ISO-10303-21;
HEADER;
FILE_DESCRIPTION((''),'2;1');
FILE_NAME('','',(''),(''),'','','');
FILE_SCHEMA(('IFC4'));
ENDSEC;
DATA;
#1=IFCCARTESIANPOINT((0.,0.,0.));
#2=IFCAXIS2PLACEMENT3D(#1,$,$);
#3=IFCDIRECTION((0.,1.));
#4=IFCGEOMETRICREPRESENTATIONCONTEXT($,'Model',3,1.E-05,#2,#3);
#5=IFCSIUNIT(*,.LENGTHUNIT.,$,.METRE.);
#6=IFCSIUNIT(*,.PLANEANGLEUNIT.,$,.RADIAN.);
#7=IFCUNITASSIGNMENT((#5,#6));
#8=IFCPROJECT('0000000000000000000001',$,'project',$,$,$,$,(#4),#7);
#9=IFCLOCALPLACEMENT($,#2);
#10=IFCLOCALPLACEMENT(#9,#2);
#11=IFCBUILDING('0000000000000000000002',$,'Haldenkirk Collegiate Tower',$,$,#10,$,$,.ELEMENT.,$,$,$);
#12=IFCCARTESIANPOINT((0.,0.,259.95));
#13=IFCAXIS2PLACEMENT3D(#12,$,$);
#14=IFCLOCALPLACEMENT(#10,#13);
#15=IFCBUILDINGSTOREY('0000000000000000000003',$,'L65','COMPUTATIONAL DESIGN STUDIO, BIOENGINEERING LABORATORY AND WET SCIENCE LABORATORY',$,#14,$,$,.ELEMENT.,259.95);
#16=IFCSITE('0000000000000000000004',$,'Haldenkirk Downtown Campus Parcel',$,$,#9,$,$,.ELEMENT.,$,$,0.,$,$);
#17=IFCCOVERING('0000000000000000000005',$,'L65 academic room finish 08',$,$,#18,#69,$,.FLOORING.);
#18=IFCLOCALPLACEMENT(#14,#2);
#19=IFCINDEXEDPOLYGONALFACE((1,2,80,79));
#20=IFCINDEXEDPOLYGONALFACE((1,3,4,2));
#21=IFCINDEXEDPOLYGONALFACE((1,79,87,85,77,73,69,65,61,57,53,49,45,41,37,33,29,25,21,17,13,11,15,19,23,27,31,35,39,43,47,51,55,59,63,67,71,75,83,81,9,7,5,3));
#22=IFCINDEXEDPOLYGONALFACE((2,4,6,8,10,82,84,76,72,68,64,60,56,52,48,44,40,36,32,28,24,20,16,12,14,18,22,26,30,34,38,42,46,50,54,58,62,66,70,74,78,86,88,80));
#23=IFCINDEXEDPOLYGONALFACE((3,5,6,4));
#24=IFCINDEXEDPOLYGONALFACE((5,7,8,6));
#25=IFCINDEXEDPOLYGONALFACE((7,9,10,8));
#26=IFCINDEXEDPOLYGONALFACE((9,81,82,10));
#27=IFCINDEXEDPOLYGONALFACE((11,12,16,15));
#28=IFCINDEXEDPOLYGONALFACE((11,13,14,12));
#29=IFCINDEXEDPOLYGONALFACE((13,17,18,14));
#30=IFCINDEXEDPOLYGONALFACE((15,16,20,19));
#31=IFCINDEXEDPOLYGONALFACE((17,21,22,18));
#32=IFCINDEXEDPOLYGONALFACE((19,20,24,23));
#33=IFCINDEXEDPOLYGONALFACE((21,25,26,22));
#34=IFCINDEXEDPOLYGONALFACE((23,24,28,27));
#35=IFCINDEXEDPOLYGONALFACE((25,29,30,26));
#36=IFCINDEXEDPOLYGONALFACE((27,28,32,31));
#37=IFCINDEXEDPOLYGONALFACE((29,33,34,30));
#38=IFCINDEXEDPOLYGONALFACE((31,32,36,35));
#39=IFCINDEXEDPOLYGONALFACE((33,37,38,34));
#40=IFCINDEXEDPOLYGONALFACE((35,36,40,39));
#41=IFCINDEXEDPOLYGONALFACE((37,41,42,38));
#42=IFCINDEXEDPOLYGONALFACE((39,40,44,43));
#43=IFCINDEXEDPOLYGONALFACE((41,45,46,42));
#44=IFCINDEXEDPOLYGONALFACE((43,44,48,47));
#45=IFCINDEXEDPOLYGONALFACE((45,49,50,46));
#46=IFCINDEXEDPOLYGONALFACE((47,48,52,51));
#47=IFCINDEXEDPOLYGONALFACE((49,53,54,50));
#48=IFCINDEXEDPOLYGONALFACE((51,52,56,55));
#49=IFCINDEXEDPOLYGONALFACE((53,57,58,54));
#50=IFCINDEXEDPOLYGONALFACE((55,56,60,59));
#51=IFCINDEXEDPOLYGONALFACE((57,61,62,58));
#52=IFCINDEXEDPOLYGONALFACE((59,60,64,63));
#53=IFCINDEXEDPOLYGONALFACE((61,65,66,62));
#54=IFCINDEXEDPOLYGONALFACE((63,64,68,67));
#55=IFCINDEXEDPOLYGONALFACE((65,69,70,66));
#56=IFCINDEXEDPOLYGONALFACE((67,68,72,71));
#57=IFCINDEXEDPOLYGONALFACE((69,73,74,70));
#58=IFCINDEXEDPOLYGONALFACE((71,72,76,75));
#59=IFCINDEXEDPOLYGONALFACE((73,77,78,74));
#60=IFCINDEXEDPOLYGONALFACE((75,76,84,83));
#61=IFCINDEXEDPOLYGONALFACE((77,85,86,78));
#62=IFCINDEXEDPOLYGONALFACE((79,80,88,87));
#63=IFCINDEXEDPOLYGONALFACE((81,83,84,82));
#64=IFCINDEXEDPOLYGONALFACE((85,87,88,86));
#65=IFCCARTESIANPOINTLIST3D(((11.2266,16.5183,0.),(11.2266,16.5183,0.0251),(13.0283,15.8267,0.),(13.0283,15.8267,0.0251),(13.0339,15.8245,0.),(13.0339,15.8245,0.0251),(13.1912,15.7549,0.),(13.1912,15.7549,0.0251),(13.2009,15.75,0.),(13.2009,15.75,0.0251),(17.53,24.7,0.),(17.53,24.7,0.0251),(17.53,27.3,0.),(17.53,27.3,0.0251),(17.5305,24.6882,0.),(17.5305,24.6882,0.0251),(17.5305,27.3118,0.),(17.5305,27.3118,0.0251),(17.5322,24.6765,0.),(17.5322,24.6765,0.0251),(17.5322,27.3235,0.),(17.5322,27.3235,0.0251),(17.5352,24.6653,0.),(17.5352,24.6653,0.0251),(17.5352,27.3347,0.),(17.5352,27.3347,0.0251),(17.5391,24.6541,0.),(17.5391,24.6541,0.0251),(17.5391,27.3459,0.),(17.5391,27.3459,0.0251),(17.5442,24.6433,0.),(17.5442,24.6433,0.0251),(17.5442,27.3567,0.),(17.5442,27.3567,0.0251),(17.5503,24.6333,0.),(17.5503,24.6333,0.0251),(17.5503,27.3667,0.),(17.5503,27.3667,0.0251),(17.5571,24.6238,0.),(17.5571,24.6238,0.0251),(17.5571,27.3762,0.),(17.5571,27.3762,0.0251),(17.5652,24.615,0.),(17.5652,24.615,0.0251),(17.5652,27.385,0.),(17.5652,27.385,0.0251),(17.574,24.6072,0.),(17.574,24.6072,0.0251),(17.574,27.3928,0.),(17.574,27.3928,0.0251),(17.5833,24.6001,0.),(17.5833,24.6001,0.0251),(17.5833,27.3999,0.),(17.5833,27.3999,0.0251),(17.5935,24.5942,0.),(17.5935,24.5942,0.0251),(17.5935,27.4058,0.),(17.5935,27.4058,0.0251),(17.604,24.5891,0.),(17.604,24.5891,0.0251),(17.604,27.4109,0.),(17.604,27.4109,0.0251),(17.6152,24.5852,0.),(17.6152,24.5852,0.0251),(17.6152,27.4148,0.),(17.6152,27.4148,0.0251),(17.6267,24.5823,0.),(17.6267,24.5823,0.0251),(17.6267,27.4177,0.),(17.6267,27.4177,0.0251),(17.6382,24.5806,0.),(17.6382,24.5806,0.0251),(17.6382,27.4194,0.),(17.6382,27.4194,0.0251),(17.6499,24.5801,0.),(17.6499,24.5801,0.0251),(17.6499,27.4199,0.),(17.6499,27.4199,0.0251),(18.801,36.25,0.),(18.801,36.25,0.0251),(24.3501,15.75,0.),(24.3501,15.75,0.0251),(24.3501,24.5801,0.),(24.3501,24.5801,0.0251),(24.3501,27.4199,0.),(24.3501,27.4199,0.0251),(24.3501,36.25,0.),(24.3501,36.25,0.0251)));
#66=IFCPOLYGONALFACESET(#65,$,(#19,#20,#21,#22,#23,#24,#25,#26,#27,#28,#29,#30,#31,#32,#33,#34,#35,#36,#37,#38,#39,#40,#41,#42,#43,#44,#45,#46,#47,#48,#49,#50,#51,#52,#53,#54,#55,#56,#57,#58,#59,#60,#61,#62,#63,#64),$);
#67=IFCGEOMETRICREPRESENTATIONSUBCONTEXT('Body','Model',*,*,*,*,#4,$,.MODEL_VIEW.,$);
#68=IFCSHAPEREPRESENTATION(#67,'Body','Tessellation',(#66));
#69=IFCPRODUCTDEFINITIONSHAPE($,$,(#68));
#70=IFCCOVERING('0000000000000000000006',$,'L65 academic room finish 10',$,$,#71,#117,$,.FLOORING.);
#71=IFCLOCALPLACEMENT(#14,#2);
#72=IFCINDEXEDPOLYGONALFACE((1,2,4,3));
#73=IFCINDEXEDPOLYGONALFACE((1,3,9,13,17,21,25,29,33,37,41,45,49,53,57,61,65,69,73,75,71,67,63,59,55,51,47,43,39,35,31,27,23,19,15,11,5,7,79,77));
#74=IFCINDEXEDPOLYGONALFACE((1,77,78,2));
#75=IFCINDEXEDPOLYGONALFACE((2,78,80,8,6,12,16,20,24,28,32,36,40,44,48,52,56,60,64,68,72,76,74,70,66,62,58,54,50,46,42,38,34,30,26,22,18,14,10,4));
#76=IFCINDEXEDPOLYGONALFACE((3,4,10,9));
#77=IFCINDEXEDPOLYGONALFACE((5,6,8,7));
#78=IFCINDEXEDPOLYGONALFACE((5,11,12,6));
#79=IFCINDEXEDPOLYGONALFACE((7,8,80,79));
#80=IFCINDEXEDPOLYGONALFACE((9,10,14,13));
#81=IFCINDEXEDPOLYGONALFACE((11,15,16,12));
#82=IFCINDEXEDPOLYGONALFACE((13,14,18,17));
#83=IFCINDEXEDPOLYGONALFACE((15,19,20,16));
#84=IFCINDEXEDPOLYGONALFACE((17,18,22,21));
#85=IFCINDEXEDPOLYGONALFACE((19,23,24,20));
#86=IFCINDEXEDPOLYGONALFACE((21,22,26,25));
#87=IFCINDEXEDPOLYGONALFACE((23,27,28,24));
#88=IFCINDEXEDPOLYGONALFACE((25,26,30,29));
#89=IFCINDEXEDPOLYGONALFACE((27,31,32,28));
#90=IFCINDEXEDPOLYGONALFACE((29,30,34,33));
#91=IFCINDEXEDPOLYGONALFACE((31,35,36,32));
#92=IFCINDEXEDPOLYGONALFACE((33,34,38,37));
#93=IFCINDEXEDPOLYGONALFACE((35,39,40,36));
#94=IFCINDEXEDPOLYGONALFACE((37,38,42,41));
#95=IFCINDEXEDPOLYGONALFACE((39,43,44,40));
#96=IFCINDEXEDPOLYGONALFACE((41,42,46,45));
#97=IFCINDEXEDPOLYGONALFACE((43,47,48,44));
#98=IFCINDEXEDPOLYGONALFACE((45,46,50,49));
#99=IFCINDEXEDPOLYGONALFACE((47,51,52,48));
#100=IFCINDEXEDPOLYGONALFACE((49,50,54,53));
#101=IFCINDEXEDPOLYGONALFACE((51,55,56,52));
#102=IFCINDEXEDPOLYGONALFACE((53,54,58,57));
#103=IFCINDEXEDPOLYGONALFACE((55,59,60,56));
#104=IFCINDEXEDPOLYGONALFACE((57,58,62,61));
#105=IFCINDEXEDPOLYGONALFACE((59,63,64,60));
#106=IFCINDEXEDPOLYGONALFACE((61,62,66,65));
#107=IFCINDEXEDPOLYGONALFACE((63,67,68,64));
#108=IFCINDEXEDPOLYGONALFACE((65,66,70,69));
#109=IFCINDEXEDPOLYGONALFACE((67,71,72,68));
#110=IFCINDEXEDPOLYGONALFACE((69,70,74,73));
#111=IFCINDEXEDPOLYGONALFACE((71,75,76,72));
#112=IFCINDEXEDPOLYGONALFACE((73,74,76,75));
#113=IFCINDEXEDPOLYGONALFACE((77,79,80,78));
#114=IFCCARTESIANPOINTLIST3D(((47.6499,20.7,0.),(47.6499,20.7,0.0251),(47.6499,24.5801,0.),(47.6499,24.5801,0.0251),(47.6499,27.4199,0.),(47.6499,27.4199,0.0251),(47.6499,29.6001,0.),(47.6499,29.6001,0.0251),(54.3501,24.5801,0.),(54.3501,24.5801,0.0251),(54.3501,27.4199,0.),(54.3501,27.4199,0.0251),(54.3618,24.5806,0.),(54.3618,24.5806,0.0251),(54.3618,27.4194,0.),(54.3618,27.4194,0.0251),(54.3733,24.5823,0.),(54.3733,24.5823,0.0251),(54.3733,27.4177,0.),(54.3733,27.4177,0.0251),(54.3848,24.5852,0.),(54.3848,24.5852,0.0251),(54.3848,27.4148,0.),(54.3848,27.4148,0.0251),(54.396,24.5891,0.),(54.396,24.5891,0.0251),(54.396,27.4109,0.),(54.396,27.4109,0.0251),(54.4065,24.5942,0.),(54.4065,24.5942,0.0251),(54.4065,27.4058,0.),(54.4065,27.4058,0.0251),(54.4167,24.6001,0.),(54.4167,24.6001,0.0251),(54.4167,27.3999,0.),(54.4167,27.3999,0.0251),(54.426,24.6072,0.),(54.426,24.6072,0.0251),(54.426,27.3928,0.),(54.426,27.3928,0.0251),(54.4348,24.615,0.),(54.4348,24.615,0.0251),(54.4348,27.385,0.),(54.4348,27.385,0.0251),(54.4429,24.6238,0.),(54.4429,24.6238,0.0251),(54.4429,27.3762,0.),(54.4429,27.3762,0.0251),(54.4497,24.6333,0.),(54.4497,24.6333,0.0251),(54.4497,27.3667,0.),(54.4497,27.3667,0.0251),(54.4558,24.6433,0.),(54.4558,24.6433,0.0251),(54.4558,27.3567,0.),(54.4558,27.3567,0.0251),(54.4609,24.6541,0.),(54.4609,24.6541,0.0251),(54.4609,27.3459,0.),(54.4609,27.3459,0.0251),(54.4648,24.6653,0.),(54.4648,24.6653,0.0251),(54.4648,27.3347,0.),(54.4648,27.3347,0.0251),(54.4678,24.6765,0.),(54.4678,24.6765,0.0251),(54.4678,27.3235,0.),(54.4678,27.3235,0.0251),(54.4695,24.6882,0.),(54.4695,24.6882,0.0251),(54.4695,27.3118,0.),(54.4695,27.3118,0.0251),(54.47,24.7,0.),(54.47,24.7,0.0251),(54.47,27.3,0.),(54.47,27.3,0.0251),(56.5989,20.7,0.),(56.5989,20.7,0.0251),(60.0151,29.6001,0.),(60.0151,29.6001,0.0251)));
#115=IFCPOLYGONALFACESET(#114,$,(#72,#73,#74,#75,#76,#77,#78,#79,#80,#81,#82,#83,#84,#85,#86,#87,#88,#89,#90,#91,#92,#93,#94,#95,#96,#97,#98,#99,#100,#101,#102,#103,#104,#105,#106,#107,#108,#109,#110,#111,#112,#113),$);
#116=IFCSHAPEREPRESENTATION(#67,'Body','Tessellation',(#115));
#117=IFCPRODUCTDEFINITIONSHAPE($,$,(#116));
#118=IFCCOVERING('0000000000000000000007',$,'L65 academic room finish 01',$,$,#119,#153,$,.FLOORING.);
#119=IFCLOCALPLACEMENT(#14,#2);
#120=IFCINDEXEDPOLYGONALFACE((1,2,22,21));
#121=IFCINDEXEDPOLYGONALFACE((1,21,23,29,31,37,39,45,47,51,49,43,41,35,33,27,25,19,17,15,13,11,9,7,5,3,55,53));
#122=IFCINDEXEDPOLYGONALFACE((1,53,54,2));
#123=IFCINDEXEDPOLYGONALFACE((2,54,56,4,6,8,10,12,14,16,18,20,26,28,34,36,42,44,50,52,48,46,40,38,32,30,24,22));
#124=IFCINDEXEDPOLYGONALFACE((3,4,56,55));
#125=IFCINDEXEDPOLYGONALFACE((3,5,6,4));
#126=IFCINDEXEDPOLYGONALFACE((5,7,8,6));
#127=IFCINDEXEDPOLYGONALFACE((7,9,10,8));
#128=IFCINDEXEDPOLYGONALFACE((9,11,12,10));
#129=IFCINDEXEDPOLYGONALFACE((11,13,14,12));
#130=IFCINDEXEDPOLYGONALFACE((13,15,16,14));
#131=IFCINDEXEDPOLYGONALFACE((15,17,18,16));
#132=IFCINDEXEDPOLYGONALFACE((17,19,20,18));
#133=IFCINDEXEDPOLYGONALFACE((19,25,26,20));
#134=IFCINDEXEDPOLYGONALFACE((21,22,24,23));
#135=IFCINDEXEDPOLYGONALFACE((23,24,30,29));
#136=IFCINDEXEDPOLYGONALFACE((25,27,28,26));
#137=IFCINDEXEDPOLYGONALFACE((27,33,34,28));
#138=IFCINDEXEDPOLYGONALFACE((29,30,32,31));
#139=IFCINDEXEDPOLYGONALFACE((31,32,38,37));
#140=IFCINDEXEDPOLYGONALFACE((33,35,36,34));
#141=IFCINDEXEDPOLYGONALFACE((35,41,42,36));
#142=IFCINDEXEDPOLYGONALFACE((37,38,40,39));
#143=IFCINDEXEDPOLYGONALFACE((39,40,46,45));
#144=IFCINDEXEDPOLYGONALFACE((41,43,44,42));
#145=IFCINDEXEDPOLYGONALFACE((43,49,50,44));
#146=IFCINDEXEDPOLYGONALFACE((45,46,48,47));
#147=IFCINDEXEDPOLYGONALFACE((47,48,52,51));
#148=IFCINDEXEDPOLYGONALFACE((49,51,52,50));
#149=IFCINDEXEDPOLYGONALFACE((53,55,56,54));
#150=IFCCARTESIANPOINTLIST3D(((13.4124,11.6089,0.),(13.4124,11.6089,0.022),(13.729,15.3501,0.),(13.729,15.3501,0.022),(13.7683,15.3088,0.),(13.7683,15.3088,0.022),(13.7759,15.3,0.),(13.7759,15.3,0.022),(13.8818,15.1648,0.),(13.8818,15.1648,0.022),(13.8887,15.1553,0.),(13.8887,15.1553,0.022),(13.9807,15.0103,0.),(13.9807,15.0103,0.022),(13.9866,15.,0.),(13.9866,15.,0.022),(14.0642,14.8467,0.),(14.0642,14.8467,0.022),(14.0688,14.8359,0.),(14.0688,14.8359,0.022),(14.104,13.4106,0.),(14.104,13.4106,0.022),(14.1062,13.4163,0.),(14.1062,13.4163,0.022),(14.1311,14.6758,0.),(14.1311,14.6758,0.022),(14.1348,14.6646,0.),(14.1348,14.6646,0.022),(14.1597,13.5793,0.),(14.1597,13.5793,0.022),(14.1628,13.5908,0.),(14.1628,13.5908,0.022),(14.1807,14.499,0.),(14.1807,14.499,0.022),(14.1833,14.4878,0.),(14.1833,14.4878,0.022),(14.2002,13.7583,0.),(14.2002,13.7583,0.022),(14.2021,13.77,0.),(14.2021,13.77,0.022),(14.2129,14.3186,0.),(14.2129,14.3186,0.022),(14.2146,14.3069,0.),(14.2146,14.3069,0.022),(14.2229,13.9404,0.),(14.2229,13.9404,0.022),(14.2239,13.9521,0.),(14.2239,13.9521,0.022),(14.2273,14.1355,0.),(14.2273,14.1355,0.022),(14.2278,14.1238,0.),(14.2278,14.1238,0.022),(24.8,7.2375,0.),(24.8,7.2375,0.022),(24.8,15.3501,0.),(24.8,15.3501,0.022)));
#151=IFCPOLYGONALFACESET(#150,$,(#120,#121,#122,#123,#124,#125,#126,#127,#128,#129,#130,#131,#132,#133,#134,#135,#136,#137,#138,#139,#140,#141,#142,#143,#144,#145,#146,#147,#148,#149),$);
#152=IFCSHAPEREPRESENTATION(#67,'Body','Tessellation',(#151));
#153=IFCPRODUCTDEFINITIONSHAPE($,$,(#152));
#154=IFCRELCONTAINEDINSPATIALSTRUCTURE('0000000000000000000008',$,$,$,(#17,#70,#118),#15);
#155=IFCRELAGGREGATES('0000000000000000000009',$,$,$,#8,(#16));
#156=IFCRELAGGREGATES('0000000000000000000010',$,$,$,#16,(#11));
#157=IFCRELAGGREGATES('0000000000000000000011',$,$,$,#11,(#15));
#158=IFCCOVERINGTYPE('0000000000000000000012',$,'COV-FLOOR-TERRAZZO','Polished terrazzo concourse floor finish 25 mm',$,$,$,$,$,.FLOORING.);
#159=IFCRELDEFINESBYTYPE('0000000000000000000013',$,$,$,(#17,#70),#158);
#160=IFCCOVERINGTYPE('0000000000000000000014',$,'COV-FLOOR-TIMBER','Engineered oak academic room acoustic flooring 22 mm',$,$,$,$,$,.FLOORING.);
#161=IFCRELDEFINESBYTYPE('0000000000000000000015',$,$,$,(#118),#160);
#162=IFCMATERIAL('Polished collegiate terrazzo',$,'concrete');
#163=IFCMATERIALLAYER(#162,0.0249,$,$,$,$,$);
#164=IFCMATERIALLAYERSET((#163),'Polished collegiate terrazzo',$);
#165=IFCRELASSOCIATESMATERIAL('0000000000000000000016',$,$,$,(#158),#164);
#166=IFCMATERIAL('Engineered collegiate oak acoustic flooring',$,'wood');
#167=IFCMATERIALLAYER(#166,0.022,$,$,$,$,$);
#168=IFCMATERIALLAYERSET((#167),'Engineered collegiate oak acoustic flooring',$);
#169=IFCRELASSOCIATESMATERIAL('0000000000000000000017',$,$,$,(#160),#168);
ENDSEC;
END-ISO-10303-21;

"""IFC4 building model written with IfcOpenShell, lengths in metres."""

from ifc_helpers import new_model, si_unit, direction, frame, origin, place, context, subcontext, project, spatial, polyline, outline, extrude, material, layer, layer_set, type_object, element, save


model = new_model("IFC4")

# Units and contexts
model_context = context("Model", 3, precision=1e-05, world=origin(), true_north=direction((0.0, 1.0)))
body_context = subcontext(model_context, "Body", "Model", "MODEL_VIEW")
ifc_project = project(units=[si_unit("LENGTHUNIT", "METRE"), si_unit("PLANEANGLEUNIT", "RADIAN")], contexts=[model_context])

# Site, building, storey
site_placement = place(None, origin())
site = spatial("IfcSite", under=ifc_project, at=site_placement, Name="Haldenkirk Downtown Campus Parcel", CompositionType="ELEMENT", RefElevation=0.0)
building_placement = place(site_placement, origin())
building = spatial("IfcBuilding", under=site, at=building_placement, Name="Haldenkirk Collegiate Tower", CompositionType="ELEMENT")
storey_placement = place(building_placement, frame((0.0, 0.0, 259.95)))
storey = spatial("IfcBuildingStorey", under=building, at=storey_placement, Name="L65", Description="COMPUTATIONAL DESIGN STUDIO, BIOENGINEERING LABORATORY AND WET SCIENCE LABORATORY", CompositionType="ELEMENT", Elevation=259.95)

# Coverings
ifc_material_1 = material(Name="Polished collegiate terrazzo", Category="concrete")
ifc_layer_1 = layer(ifc_material_1, 0.0249)
ifc_layer_set_1 = layer_set([ifc_layer_1], Name="Polished collegiate terrazzo")
covering_type_1 = type_object("IfcCoveringType", Name="COV-FLOOR-TERRAZZO", Description="Polished terrazzo concourse floor finish 25 mm", PredefinedType="FLOORING", material=ifc_layer_set_1)
covering_1_placement = place(storey_placement, origin())
element("IfcCovering", 1, at=covering_1_placement, inside=storey, type_object=covering_type_1, Name="L65 academic room finish 08", PredefinedType="FLOORING", context=body_context, shape_type="SweptSolid", body=[
    extrude(outline(polyline([(13.2009, 15.75), (13.1912, 15.7549), (13.0339, 15.8245), (13.0283, 15.8267), (11.2266, 16.5183), (18.801, 36.25), (24.3501, 36.25), (24.3501, 27.4199), (17.6499, 27.4199), (17.6382, 27.4194), (17.6267, 27.4177), (17.6152, 27.4148), (17.604, 27.4109), (17.5935, 27.4058), (17.5833, 27.3999), (17.574, 27.3928), (17.5652, 27.385), (17.5571, 27.3762), (17.5503, 27.3667), (17.5442, 27.3567), (17.5391, 27.3459), (17.5352, 27.3347), (17.5322, 27.3235), (17.5305, 27.3118), (17.53, 27.3), (17.53, 24.7), (17.5305, 24.6882), (17.5322, 24.6765), (17.5352, 24.6653), (17.5391, 24.6541), (17.5442, 24.6433), (17.5503, 24.6333), (17.5571, 24.6238), (17.5652, 24.615), (17.574, 24.6072), (17.5833, 24.6001), (17.5935, 24.5942), (17.604, 24.5891), (17.6152, 24.5852), (17.6267, 24.5823), (17.6382, 24.5806), (17.6499, 24.5801), (24.3501, 24.5801), (24.3501, 15.75), (13.2009, 15.75)])), origin(), (0.0, 0.0, 1.0), 0.0251),
])
covering_2_placement = place(storey_placement, origin())
element("IfcCovering", 2, at=covering_2_placement, inside=storey, type_object=covering_type_1, Name="L65 academic room finish 10", PredefinedType="FLOORING", context=body_context, shape_type="SweptSolid", body=[
    extrude(outline(polyline([(56.5989, 20.7), (47.6499, 20.7), (47.6499, 24.5801), (54.3501, 24.5801), (54.3618, 24.5806), (54.3733, 24.5823), (54.3848, 24.5852), (54.396, 24.5891), (54.4065, 24.5942), (54.4167, 24.6001), (54.426, 24.6072), (54.4348, 24.615), (54.4429, 24.6238), (54.4497, 24.6333), (54.4558, 24.6433), (54.4609, 24.6541), (54.4648, 24.6653), (54.4678, 24.6765), (54.4695, 24.6882), (54.47, 24.7), (54.47, 27.3), (54.4695, 27.3118), (54.4678, 27.3235), (54.4648, 27.3347), (54.4609, 27.3459), (54.4558, 27.3567), (54.4497, 27.3667), (54.4429, 27.3762), (54.4348, 27.385), (54.426, 27.3928), (54.4167, 27.3999), (54.4065, 27.4058), (54.396, 27.4109), (54.3848, 27.4148), (54.3733, 27.4177), (54.3618, 27.4194), (54.3501, 27.4199), (47.6499, 27.4199), (47.6499, 29.6001), (60.0151, 29.6001), (56.5989, 20.7)])), origin(), (0.0, 0.0, 1.0), 0.0251),
])
ifc_material_2 = material(Name="Engineered collegiate oak acoustic flooring", Category="wood")
ifc_layer_2 = layer(ifc_material_2, 0.022)
ifc_layer_set_2 = layer_set([ifc_layer_2], Name="Engineered collegiate oak acoustic flooring")
covering_type_2 = type_object("IfcCoveringType", Name="COV-FLOOR-TIMBER", Description="Engineered oak academic room acoustic flooring 22 mm", PredefinedType="FLOORING", material=ifc_layer_set_2)
covering_3_placement = place(storey_placement, origin())
element("IfcCovering", 3, at=covering_3_placement, inside=storey, type_object=covering_type_2, Name="L65 academic room finish 01", PredefinedType="FLOORING", context=body_context, shape_type="SweptSolid", body=[
    extrude(outline(polyline([(13.4124, 11.6089), (14.104, 13.4106), (14.1062, 13.4163), (14.1597, 13.5793), (14.1628, 13.5908), (14.2002, 13.7583), (14.2021, 13.77), (14.2229, 13.9404), (14.2239, 13.9521), (14.2278, 14.1238), (14.2273, 14.1355), (14.2146, 14.3069), (14.2129, 14.3186), (14.1833, 14.4878), (14.1807, 14.499), (14.1348, 14.6646), (14.1311, 14.6758), (14.0688, 14.8359), (14.0642, 14.8467), (13.9866, 15.0), (13.9807, 15.0103), (13.8887, 15.1553), (13.8818, 15.1648), (13.7759, 15.3), (13.7683, 15.3088), (13.729, 15.3501), (24.8, 15.3501), (24.8, 7.2375), (13.4124, 11.6089)])), origin(), (0.0, 0.0, 1.0), 0.022),
])

save(model, "model.ifc")
